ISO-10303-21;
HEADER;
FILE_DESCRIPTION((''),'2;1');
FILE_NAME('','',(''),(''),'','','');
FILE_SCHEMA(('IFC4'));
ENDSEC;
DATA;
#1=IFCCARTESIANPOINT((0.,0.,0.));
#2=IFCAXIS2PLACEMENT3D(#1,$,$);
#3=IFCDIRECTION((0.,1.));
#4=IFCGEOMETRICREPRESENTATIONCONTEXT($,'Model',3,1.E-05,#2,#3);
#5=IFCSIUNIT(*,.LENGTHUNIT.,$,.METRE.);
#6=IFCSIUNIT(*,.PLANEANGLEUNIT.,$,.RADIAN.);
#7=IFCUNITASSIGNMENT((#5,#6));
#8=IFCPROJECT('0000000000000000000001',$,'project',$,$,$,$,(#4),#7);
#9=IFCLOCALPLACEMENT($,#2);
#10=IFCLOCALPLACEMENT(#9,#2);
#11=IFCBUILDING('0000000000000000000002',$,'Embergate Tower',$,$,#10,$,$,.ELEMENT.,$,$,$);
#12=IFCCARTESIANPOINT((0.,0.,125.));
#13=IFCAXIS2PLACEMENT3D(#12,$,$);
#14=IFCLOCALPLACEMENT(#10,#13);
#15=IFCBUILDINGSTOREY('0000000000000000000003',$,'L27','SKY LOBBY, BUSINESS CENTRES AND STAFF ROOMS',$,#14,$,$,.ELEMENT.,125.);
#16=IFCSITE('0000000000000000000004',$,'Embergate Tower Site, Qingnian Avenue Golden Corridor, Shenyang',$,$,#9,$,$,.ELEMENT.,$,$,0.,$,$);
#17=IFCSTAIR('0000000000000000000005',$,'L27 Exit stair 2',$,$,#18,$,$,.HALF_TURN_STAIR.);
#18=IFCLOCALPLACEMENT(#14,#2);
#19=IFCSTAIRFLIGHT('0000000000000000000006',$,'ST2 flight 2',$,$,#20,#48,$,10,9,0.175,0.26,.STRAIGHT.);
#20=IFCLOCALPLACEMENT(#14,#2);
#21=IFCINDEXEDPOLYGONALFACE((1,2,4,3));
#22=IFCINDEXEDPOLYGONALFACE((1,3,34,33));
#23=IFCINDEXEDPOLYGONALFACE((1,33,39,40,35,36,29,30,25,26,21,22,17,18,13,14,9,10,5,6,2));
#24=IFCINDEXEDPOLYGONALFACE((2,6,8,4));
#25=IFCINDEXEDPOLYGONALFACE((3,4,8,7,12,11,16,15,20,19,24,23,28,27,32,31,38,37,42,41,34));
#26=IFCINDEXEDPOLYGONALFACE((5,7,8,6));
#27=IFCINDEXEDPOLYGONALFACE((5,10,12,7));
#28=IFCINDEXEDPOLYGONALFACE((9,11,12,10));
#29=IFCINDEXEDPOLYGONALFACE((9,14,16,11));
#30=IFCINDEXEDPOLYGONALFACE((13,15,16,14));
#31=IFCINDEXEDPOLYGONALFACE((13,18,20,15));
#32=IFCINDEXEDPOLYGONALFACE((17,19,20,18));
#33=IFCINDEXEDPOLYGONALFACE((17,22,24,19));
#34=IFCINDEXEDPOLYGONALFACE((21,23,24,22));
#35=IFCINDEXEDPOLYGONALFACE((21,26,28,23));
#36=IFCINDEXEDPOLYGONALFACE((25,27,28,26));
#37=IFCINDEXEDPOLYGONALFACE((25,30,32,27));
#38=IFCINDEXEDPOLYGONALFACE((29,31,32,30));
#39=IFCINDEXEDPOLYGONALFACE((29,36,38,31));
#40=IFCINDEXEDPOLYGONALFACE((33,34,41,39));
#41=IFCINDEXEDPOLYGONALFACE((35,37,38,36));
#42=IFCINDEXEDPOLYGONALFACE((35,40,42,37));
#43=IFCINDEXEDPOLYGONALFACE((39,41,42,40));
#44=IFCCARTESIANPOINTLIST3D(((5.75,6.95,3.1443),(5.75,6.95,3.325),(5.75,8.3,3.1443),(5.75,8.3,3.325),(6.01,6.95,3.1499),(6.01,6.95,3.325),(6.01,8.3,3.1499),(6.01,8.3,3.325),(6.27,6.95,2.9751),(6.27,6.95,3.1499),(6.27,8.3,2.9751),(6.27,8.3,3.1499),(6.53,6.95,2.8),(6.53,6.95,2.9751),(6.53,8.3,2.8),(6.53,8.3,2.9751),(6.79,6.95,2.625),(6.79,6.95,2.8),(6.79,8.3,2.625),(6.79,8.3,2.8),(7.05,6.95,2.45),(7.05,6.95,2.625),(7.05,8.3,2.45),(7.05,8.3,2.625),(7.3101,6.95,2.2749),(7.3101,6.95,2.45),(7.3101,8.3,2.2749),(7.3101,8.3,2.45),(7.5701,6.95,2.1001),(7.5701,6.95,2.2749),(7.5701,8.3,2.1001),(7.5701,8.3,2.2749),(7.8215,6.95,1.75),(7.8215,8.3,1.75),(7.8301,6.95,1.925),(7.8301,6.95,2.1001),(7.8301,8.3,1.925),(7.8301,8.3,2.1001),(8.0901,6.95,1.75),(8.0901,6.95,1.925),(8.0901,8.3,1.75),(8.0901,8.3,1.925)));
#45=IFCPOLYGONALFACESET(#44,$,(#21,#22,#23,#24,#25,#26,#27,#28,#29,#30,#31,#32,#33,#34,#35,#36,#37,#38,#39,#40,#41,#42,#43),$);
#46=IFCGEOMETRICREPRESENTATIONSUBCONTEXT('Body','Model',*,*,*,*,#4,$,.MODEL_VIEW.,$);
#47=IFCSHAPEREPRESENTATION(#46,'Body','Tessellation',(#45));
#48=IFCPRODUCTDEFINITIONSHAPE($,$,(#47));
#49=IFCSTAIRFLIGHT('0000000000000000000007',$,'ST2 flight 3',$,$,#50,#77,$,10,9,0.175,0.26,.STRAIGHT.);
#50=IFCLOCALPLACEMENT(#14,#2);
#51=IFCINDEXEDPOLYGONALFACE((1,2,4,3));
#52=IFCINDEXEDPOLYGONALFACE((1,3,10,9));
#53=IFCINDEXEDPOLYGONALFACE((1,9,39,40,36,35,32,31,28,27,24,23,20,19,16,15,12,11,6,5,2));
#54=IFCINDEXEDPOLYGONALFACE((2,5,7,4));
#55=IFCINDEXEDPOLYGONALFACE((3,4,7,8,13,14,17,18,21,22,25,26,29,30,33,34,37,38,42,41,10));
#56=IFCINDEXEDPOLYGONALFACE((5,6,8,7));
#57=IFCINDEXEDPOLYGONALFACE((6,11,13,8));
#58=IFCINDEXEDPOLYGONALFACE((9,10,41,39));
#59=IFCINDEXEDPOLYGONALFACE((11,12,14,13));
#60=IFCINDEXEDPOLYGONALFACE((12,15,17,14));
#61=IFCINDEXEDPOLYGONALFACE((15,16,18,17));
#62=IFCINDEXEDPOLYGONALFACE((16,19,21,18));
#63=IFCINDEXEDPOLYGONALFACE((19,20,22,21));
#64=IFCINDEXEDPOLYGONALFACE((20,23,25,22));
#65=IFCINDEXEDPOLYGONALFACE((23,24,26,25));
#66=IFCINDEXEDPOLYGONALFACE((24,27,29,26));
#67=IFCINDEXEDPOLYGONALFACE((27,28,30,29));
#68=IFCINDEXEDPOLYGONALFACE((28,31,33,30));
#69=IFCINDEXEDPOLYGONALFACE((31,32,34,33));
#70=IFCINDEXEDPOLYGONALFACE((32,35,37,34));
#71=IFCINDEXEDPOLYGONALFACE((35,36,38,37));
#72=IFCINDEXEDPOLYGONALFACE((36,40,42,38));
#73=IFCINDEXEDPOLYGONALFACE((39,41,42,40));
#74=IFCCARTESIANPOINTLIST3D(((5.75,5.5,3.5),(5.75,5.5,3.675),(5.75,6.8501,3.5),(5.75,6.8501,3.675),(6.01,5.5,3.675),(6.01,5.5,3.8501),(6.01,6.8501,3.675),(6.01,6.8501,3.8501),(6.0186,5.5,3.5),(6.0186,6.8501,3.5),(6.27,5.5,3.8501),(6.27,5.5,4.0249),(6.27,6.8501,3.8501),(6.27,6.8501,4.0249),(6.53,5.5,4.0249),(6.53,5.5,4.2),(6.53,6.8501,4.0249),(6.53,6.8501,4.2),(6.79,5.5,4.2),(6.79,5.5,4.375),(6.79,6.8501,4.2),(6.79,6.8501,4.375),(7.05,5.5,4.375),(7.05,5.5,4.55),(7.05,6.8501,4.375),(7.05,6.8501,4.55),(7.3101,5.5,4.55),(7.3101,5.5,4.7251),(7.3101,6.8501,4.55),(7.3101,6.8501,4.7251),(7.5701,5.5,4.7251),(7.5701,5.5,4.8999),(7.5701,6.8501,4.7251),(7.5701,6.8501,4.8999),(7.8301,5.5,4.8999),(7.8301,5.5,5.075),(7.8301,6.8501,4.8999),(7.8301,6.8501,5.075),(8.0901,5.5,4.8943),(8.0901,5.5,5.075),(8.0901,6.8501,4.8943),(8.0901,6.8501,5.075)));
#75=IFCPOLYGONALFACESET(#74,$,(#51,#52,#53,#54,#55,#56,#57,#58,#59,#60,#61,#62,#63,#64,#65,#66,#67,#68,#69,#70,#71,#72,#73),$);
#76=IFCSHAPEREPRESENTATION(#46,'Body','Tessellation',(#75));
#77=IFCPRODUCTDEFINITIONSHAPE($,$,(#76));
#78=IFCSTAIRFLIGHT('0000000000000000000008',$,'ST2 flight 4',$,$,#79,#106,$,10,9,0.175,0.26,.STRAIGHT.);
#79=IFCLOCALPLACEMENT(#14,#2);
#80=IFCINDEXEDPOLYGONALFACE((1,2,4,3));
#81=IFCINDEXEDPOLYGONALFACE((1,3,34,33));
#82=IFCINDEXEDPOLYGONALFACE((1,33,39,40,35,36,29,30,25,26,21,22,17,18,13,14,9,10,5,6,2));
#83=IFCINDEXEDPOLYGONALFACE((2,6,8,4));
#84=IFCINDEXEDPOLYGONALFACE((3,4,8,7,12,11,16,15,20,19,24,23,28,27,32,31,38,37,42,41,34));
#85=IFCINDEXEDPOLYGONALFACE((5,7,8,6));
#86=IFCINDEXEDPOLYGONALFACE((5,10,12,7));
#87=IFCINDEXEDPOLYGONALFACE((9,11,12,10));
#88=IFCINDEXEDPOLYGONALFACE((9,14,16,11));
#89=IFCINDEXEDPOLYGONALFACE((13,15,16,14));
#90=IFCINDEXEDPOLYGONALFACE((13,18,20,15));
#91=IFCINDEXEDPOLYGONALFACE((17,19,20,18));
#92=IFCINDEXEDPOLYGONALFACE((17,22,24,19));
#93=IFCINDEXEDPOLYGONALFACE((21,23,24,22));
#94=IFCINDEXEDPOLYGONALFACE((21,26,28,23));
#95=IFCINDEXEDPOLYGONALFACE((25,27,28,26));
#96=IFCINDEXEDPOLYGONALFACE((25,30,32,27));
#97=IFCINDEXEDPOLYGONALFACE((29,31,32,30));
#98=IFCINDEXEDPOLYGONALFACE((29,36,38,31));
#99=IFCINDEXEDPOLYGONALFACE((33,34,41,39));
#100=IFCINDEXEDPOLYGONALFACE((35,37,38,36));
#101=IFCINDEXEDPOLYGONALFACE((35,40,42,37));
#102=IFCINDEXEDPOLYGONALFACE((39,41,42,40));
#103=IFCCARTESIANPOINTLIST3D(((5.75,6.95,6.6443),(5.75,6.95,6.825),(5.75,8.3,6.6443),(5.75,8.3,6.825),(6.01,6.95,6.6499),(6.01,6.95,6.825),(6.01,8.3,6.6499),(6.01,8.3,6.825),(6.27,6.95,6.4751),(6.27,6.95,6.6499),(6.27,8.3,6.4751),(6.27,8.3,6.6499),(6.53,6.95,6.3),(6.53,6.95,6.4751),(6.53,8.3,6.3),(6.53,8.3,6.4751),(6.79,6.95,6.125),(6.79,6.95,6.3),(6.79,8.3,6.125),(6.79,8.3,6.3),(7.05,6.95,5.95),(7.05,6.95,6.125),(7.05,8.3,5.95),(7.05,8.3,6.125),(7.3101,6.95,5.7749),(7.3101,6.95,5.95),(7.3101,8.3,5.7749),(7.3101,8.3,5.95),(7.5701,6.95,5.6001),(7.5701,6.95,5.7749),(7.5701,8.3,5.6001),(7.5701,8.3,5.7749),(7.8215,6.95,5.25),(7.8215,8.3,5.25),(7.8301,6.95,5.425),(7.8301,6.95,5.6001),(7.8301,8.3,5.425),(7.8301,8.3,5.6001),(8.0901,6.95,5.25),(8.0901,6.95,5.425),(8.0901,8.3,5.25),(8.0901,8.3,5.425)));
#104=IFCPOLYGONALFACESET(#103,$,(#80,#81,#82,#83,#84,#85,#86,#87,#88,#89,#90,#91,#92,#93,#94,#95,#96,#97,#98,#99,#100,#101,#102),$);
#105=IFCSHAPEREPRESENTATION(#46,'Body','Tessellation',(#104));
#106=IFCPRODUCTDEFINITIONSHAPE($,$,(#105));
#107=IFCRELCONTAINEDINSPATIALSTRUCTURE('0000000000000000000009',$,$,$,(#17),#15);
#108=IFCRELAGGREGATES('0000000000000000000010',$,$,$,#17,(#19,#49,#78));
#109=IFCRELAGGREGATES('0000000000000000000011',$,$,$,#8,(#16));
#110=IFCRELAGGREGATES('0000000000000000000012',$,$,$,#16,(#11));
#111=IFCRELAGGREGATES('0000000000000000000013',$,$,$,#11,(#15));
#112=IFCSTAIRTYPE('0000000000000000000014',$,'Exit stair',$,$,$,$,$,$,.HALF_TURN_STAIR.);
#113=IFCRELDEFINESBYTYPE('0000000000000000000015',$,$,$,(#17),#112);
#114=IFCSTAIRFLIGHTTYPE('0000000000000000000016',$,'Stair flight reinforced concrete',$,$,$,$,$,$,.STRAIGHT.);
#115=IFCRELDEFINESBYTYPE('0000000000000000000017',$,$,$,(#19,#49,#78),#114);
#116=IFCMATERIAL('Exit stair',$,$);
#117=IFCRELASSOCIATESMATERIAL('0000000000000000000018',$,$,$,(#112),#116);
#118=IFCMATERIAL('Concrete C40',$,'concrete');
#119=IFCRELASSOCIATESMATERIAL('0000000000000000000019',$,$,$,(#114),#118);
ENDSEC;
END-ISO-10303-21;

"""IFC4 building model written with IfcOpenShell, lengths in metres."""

from ifc_helpers import new_model, si_unit, direction, frame, origin, place, context, subcontext, project, spatial, polyline, outline, extrude, source, transform, mapped, material, type_object, element, aggregate, save


model = new_model("IFC4")

# Units and contexts
model_context = context("Model", 3, precision=1e-05, world=origin(), true_north=direction((0.0, 1.0)))
body_context = subcontext(model_context, "Body", "Model", "MODEL_VIEW")
ifc_project = project(units=[si_unit("LENGTHUNIT", "METRE"), si_unit("PLANEANGLEUNIT", "RADIAN")], contexts=[model_context])

# Site, building, storey
site_placement = place(None, origin())
site = spatial("IfcSite", under=ifc_project, at=site_placement, Name="Embergate Tower Site, Qingnian Avenue Golden Corridor, Shenyang", CompositionType="ELEMENT", RefElevation=0.0)
building_placement = place(site_placement, origin())
building = spatial("IfcBuilding", under=site, at=building_placement, Name="Embergate Tower", CompositionType="ELEMENT")
storey_placement = place(building_placement, frame((0.0, 0.0, 125.0)))
storey = spatial("IfcBuildingStorey", under=building, at=storey_placement, Name="L27", Description="SKY LOBBY, BUSINESS CENTRES AND STAFF ROOMS", CompositionType="ELEMENT", Elevation=125.0)

# Stair, stair flights
ifc_material_1 = material(Name="Exit stair")
stair_type = type_object("IfcStairType", Name="Exit stair", PredefinedType="HALF_TURN_STAIR", material=ifc_material_1)
stair_placement = place(storey_placement, origin())
stair = element("IfcStair", 1, at=stair_placement, inside=storey, type_object=stair_type, Name="L27 Exit stair 2", PredefinedType="HALF_TURN_STAIR")
ifc_material_2 = material(Name="Concrete C40", Category="concrete")
stair_flight_type = type_object("IfcStairFlightType", Name="Stair flight reinforced concrete", PredefinedType="STRAIGHT", material=ifc_material_2)
shared_shape_1 = source(origin(), body_context, "Body", "SweptSolid", [
    extrude(outline(polyline([(0.0, 0.0), (0.0, 0.175), (0.26, 0.175), (0.26, 0.3501), (0.52, 0.3501), (0.52, 0.5249), (0.78, 0.5249), (0.78, 0.7), (1.04, 0.7), (1.04, 0.875), (1.3, 0.875), (1.3, 1.05), (1.5601, 1.05), (1.5601, 1.2251), (1.8201, 1.2251), (1.8201, 1.3999), (2.0801, 1.3999), (2.0801, 1.575), (2.3401, 1.575), (2.3401, 1.75), (2.3401, 1.3943), (0.2686, 0.0), (0.0, 0.0)])), frame((0.0, 0.675, 0.0), z_axis=(0.0, -1.0, 0.0), x_axis=(1.0, 0.0, 0.0)), (0.0, 0.0, 1.0), 1.3501),
])
stair_flight_1_placement = place(storey_placement, frame((8.0901, 7.625, 1.75), z_axis=(0.0, 0.0, 1.0), x_axis=(-1.0, 0.0, 0.0)))
stair_flight_1 = element("IfcStairFlight", 2, at=stair_flight_1_placement, type_object=stair_flight_type, Name="ST2 flight 2", NumberOfRisers=10, NumberOfTreads=9, PredefinedType="STRAIGHT", RiserHeight=0.175, TreadLength=0.26, context=body_context, shape_type="MappedRepresentation", body=[
    mapped(shared_shape_1, transform((0.0, 0.0, 0.0))),
])
stair_flight_2_placement = place(storey_placement, frame((5.75, 6.175, 3.5), z_axis=(0.0, 0.0, 1.0), x_axis=(1.0, 0.0, 0.0)))
stair_flight_2 = element("IfcStairFlight", 3, at=stair_flight_2_placement, type_object=stair_flight_type, Name="ST2 flight 3", NumberOfRisers=10, NumberOfTreads=9, PredefinedType="STRAIGHT", RiserHeight=0.175, TreadLength=0.26, context=body_context, shape_type="MappedRepresentation", body=[
    mapped(shared_shape_1, transform((0.0, 0.0, 0.0))),
])
stair_flight_3_placement = place(storey_placement, frame((8.0901, 7.625, 5.25), z_axis=(0.0, 0.0, 1.0), x_axis=(-1.0, 0.0, 0.0)))
stair_flight_3 = element("IfcStairFlight", 4, at=stair_flight_3_placement, type_object=stair_flight_type, Name="ST2 flight 4", NumberOfRisers=10, NumberOfTreads=9, PredefinedType="STRAIGHT", RiserHeight=0.175, TreadLength=0.26, context=body_context, shape_type="MappedRepresentation", body=[
    mapped(shared_shape_1, transform((0.0, 0.0, 0.0))),
])
aggregate(stair, [stair_flight_1, stair_flight_2, stair_flight_3])

save(model, "model.ifc")
